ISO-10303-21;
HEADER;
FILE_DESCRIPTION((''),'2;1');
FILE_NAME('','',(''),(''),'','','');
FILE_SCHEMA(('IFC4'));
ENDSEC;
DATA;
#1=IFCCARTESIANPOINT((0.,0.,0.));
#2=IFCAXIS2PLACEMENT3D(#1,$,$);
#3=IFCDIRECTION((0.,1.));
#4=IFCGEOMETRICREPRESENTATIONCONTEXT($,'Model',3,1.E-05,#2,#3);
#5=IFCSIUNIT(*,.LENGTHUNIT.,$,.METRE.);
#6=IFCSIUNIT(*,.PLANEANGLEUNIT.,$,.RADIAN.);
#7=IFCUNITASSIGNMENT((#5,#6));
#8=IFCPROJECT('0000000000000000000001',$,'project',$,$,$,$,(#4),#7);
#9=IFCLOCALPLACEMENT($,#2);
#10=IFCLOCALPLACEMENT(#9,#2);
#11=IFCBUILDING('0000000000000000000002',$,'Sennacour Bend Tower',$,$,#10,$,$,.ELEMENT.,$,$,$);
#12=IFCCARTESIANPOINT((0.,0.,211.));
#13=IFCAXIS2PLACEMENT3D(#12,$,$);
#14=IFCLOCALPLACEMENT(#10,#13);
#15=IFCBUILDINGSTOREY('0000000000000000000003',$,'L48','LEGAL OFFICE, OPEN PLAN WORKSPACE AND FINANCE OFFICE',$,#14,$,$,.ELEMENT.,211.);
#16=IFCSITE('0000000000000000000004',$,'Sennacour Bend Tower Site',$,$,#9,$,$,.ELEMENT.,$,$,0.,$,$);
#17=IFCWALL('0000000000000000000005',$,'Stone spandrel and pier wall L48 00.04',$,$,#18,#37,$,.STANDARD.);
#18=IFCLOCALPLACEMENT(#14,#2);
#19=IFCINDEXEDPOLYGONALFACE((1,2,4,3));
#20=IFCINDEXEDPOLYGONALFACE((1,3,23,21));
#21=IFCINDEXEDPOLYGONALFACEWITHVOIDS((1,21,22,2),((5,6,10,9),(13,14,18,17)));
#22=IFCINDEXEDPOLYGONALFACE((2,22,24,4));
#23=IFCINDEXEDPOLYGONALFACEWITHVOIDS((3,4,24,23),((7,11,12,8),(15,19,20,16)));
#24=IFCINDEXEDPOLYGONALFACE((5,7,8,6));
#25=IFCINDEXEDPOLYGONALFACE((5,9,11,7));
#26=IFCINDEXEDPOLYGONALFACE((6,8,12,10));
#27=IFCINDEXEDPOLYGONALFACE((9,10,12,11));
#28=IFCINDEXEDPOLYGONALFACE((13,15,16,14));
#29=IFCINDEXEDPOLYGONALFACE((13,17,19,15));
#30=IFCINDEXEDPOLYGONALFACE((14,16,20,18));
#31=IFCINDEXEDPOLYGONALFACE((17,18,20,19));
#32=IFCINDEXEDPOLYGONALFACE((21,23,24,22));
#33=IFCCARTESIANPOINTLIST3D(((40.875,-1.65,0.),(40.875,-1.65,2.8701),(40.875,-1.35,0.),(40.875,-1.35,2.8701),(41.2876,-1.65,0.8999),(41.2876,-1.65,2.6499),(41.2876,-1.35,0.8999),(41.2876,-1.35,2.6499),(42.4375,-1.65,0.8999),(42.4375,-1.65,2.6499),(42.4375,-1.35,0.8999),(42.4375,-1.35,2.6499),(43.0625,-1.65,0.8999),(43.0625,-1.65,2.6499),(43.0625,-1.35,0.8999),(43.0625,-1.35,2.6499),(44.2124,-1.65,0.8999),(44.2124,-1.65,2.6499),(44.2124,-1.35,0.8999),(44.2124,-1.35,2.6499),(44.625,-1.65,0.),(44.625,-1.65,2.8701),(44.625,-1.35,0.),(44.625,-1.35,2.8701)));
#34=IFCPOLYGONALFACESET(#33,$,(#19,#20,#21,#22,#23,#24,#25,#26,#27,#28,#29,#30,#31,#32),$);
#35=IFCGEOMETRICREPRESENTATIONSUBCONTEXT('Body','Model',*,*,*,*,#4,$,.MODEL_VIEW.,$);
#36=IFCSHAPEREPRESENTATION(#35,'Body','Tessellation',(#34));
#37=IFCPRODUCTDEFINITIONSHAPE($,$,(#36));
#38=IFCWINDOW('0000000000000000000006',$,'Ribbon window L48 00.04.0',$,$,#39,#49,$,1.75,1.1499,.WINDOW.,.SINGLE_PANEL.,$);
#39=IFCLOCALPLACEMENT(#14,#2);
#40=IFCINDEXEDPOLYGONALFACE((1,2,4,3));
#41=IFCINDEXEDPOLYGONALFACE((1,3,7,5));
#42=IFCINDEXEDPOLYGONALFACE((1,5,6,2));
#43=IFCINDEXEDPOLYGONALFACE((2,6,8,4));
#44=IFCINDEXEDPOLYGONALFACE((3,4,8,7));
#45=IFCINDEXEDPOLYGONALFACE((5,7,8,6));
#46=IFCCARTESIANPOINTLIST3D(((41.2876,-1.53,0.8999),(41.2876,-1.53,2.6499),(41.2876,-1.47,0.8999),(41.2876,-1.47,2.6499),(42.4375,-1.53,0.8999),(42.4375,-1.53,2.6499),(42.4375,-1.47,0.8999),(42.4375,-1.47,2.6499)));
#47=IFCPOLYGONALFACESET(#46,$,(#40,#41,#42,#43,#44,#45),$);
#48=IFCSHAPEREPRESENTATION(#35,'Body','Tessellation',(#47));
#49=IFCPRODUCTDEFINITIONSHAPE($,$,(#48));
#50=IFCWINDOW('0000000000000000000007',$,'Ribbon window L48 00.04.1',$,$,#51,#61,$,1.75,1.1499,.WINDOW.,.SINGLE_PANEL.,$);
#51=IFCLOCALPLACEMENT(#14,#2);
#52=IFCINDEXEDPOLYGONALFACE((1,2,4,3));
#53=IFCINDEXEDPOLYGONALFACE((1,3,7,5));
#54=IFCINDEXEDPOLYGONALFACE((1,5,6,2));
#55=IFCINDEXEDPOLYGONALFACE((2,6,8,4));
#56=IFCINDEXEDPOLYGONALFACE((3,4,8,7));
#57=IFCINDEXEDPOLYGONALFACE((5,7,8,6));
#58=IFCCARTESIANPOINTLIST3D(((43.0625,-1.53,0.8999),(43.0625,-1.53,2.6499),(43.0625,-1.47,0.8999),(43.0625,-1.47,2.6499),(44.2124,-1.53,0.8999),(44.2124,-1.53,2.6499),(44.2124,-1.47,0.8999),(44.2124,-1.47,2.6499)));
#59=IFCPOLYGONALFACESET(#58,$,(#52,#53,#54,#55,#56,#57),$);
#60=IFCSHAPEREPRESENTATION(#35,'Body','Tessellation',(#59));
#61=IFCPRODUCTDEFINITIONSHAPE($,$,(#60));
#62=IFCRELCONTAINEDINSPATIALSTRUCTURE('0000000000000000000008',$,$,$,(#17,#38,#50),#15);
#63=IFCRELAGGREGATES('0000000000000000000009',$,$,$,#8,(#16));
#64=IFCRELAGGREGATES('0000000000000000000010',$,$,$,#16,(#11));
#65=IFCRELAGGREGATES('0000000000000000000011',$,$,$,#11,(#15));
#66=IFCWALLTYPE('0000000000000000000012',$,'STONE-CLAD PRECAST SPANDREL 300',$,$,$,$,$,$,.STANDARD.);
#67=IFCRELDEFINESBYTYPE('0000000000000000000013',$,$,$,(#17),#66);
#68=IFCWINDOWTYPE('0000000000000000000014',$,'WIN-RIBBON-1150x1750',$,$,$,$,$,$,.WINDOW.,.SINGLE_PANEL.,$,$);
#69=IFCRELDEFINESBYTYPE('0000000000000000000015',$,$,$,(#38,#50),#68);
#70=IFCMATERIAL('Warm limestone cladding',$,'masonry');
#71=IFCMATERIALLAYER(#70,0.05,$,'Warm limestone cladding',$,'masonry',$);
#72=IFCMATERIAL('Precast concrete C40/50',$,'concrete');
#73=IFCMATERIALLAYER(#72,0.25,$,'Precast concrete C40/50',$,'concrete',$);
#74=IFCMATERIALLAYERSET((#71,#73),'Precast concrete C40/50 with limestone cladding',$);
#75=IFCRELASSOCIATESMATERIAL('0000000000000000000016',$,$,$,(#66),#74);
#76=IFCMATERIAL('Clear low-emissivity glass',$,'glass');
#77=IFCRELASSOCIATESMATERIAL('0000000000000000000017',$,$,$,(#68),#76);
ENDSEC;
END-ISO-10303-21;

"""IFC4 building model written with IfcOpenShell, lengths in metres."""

from ifc_helpers import new_model, si_unit, direction, frame, frame_2d, origin, place, context, subcontext, project, spatial, rectangle, extrude, material, layer, layer_set, type_object, element, fill, save


model = new_model("IFC4")

# Units and contexts
model_context = context("Model", 3, precision=1e-05, world=origin(), true_north=direction((0.0, 1.0)))
body_context = subcontext(model_context, "Body", "Model", "MODEL_VIEW")
ifc_project = project(units=[si_unit("LENGTHUNIT", "METRE"), si_unit("PLANEANGLEUNIT", "RADIAN")], contexts=[model_context])

# Site, building, storey
site_placement = place(None, origin())
site = spatial("IfcSite", under=ifc_project, at=site_placement, Name="Sennacour Bend Tower Site", CompositionType="ELEMENT", RefElevation=0.0)
building_placement = place(site_placement, origin())
building = spatial("IfcBuilding", under=site, at=building_placement, Name="Sennacour Bend Tower", CompositionType="ELEMENT")
storey_placement = place(building_placement, frame((0.0, 0.0, 211.0)))
storey = spatial("IfcBuildingStorey", under=building, at=storey_placement, Name="L48", Description="LEGAL OFFICE, OPEN PLAN WORKSPACE AND FINANCE OFFICE", CompositionType="ELEMENT", Elevation=211.0)

# Wall, openings, windows
ifc_material_1 = material(Name="Warm limestone cladding", Category="masonry")
ifc_layer_1 = layer(ifc_material_1, 0.05, Name="Warm limestone cladding", Category="masonry")
ifc_material_2 = material(Name="Precast concrete C40/50", Category="concrete")
ifc_layer_2 = layer(ifc_material_2, 0.25, Name="Precast concrete C40/50", Category="concrete")
ifc_layer_set_1 = layer_set([ifc_layer_1, ifc_layer_2], Name="Precast concrete C40/50 with limestone cladding")
wall_type_1 = type_object("IfcWallType", Name="STONE-CLAD PRECAST SPANDREL 300", PredefinedType="STANDARD", material=ifc_layer_set_1)
ifc_material_3 = material(Name="Clear low-emissivity glass", Category="glass")
window_type = type_object("IfcWindowType", Name="WIN-RIBBON-1150x1750", PartitioningType="SINGLE_PANEL", PredefinedType="WINDOW", material=ifc_material_3)
wall_1_placement = place(storey_placement, frame((40.875, -1.5, 0.0), z_axis=(0.0, 0.0, 1.0), x_axis=(1.0, 0.0, 0.0)))
wall_1 = element("IfcWall", 1, at=wall_1_placement, inside=storey, type_object=wall_type_1, Name="Stone spandrel and pier wall L48 00.04", PredefinedType="STANDARD", context=body_context, shape_type="SweptSolid", body=[
    extrude(rectangle(XDim=3.75, YDim=0.3, at=frame_2d((1.875, 0.0))), origin(), (0.0, 0.0, 1.0), 2.8701),
])
opening_1_placement = place(wall_1_placement, frame((0.4126, 0.0, 0.8999)))
opening_1 = element("IfcOpeningElement", 2, at=opening_1_placement, cuts=wall_1, PredefinedType="OPENING", context=body_context, shape_type="SweptSolid", body=[
    extrude(rectangle(XDim=1.1499, YDim=1.75, at=frame_2d((0.575, 0.875))), frame((0.0, 0.1602, 0.0), z_axis=(0.0, -1.0, 0.0), x_axis=(1.0, 0.0, 0.0)), (0.0, 0.0, 1.0), 0.3201),
])
opening_2_placement = place(wall_1_placement, frame((2.1875, 0.0, 0.8999)))
opening_2 = element("IfcOpeningElement", 3, at=opening_2_placement, cuts=wall_1, PredefinedType="OPENING", context=body_context, shape_type="SweptSolid", body=[
    extrude(rectangle(XDim=1.1499, YDim=1.75, at=frame_2d((0.575, 0.875))), frame((0.0, 0.1602, 0.0), z_axis=(0.0, -1.0, 0.0), x_axis=(1.0, 0.0, 0.0)), (0.0, 0.0, 1.0), 0.3201),
])
window_1_placement = place(opening_1_placement, origin())
window_1 = element("IfcWindow", 4, at=window_1_placement, inside=storey, type_object=window_type, Name="Ribbon window L48 00.04.0", OverallHeight=1.75, OverallWidth=1.1499, PartitioningType="SINGLE_PANEL", PredefinedType="WINDOW", context=body_context, shape_type="SweptSolid", body=[
    extrude(rectangle(XDim=1.1499, YDim=1.75, at=frame_2d((0.575, 0.875))), frame((0.0, 0.03, 0.0), z_axis=(0.0, -1.0, 0.0), x_axis=(1.0, 0.0, 0.0)), (0.0, 0.0, 1.0), 0.0601),
])
fill(opening_1, window_1)
window_2_placement = place(opening_2_placement, origin())
window_2 = element("IfcWindow", 5, at=window_2_placement, inside=storey, type_object=window_type, Name="Ribbon window L48 00.04.1", OverallHeight=1.75, OverallWidth=1.1499, PartitioningType="SINGLE_PANEL", PredefinedType="WINDOW", context=body_context, shape_type="SweptSolid", body=[
    extrude(rectangle(XDim=1.1499, YDim=1.75, at=frame_2d((0.575, 0.875))), frame((0.0, 0.03, 0.0), z_axis=(0.0, -1.0, 0.0), x_axis=(1.0, 0.0, 0.0)), (0.0, 0.0, 1.0), 0.0601),
])
fill(opening_2, window_2)

save(model, "model.ifc")
